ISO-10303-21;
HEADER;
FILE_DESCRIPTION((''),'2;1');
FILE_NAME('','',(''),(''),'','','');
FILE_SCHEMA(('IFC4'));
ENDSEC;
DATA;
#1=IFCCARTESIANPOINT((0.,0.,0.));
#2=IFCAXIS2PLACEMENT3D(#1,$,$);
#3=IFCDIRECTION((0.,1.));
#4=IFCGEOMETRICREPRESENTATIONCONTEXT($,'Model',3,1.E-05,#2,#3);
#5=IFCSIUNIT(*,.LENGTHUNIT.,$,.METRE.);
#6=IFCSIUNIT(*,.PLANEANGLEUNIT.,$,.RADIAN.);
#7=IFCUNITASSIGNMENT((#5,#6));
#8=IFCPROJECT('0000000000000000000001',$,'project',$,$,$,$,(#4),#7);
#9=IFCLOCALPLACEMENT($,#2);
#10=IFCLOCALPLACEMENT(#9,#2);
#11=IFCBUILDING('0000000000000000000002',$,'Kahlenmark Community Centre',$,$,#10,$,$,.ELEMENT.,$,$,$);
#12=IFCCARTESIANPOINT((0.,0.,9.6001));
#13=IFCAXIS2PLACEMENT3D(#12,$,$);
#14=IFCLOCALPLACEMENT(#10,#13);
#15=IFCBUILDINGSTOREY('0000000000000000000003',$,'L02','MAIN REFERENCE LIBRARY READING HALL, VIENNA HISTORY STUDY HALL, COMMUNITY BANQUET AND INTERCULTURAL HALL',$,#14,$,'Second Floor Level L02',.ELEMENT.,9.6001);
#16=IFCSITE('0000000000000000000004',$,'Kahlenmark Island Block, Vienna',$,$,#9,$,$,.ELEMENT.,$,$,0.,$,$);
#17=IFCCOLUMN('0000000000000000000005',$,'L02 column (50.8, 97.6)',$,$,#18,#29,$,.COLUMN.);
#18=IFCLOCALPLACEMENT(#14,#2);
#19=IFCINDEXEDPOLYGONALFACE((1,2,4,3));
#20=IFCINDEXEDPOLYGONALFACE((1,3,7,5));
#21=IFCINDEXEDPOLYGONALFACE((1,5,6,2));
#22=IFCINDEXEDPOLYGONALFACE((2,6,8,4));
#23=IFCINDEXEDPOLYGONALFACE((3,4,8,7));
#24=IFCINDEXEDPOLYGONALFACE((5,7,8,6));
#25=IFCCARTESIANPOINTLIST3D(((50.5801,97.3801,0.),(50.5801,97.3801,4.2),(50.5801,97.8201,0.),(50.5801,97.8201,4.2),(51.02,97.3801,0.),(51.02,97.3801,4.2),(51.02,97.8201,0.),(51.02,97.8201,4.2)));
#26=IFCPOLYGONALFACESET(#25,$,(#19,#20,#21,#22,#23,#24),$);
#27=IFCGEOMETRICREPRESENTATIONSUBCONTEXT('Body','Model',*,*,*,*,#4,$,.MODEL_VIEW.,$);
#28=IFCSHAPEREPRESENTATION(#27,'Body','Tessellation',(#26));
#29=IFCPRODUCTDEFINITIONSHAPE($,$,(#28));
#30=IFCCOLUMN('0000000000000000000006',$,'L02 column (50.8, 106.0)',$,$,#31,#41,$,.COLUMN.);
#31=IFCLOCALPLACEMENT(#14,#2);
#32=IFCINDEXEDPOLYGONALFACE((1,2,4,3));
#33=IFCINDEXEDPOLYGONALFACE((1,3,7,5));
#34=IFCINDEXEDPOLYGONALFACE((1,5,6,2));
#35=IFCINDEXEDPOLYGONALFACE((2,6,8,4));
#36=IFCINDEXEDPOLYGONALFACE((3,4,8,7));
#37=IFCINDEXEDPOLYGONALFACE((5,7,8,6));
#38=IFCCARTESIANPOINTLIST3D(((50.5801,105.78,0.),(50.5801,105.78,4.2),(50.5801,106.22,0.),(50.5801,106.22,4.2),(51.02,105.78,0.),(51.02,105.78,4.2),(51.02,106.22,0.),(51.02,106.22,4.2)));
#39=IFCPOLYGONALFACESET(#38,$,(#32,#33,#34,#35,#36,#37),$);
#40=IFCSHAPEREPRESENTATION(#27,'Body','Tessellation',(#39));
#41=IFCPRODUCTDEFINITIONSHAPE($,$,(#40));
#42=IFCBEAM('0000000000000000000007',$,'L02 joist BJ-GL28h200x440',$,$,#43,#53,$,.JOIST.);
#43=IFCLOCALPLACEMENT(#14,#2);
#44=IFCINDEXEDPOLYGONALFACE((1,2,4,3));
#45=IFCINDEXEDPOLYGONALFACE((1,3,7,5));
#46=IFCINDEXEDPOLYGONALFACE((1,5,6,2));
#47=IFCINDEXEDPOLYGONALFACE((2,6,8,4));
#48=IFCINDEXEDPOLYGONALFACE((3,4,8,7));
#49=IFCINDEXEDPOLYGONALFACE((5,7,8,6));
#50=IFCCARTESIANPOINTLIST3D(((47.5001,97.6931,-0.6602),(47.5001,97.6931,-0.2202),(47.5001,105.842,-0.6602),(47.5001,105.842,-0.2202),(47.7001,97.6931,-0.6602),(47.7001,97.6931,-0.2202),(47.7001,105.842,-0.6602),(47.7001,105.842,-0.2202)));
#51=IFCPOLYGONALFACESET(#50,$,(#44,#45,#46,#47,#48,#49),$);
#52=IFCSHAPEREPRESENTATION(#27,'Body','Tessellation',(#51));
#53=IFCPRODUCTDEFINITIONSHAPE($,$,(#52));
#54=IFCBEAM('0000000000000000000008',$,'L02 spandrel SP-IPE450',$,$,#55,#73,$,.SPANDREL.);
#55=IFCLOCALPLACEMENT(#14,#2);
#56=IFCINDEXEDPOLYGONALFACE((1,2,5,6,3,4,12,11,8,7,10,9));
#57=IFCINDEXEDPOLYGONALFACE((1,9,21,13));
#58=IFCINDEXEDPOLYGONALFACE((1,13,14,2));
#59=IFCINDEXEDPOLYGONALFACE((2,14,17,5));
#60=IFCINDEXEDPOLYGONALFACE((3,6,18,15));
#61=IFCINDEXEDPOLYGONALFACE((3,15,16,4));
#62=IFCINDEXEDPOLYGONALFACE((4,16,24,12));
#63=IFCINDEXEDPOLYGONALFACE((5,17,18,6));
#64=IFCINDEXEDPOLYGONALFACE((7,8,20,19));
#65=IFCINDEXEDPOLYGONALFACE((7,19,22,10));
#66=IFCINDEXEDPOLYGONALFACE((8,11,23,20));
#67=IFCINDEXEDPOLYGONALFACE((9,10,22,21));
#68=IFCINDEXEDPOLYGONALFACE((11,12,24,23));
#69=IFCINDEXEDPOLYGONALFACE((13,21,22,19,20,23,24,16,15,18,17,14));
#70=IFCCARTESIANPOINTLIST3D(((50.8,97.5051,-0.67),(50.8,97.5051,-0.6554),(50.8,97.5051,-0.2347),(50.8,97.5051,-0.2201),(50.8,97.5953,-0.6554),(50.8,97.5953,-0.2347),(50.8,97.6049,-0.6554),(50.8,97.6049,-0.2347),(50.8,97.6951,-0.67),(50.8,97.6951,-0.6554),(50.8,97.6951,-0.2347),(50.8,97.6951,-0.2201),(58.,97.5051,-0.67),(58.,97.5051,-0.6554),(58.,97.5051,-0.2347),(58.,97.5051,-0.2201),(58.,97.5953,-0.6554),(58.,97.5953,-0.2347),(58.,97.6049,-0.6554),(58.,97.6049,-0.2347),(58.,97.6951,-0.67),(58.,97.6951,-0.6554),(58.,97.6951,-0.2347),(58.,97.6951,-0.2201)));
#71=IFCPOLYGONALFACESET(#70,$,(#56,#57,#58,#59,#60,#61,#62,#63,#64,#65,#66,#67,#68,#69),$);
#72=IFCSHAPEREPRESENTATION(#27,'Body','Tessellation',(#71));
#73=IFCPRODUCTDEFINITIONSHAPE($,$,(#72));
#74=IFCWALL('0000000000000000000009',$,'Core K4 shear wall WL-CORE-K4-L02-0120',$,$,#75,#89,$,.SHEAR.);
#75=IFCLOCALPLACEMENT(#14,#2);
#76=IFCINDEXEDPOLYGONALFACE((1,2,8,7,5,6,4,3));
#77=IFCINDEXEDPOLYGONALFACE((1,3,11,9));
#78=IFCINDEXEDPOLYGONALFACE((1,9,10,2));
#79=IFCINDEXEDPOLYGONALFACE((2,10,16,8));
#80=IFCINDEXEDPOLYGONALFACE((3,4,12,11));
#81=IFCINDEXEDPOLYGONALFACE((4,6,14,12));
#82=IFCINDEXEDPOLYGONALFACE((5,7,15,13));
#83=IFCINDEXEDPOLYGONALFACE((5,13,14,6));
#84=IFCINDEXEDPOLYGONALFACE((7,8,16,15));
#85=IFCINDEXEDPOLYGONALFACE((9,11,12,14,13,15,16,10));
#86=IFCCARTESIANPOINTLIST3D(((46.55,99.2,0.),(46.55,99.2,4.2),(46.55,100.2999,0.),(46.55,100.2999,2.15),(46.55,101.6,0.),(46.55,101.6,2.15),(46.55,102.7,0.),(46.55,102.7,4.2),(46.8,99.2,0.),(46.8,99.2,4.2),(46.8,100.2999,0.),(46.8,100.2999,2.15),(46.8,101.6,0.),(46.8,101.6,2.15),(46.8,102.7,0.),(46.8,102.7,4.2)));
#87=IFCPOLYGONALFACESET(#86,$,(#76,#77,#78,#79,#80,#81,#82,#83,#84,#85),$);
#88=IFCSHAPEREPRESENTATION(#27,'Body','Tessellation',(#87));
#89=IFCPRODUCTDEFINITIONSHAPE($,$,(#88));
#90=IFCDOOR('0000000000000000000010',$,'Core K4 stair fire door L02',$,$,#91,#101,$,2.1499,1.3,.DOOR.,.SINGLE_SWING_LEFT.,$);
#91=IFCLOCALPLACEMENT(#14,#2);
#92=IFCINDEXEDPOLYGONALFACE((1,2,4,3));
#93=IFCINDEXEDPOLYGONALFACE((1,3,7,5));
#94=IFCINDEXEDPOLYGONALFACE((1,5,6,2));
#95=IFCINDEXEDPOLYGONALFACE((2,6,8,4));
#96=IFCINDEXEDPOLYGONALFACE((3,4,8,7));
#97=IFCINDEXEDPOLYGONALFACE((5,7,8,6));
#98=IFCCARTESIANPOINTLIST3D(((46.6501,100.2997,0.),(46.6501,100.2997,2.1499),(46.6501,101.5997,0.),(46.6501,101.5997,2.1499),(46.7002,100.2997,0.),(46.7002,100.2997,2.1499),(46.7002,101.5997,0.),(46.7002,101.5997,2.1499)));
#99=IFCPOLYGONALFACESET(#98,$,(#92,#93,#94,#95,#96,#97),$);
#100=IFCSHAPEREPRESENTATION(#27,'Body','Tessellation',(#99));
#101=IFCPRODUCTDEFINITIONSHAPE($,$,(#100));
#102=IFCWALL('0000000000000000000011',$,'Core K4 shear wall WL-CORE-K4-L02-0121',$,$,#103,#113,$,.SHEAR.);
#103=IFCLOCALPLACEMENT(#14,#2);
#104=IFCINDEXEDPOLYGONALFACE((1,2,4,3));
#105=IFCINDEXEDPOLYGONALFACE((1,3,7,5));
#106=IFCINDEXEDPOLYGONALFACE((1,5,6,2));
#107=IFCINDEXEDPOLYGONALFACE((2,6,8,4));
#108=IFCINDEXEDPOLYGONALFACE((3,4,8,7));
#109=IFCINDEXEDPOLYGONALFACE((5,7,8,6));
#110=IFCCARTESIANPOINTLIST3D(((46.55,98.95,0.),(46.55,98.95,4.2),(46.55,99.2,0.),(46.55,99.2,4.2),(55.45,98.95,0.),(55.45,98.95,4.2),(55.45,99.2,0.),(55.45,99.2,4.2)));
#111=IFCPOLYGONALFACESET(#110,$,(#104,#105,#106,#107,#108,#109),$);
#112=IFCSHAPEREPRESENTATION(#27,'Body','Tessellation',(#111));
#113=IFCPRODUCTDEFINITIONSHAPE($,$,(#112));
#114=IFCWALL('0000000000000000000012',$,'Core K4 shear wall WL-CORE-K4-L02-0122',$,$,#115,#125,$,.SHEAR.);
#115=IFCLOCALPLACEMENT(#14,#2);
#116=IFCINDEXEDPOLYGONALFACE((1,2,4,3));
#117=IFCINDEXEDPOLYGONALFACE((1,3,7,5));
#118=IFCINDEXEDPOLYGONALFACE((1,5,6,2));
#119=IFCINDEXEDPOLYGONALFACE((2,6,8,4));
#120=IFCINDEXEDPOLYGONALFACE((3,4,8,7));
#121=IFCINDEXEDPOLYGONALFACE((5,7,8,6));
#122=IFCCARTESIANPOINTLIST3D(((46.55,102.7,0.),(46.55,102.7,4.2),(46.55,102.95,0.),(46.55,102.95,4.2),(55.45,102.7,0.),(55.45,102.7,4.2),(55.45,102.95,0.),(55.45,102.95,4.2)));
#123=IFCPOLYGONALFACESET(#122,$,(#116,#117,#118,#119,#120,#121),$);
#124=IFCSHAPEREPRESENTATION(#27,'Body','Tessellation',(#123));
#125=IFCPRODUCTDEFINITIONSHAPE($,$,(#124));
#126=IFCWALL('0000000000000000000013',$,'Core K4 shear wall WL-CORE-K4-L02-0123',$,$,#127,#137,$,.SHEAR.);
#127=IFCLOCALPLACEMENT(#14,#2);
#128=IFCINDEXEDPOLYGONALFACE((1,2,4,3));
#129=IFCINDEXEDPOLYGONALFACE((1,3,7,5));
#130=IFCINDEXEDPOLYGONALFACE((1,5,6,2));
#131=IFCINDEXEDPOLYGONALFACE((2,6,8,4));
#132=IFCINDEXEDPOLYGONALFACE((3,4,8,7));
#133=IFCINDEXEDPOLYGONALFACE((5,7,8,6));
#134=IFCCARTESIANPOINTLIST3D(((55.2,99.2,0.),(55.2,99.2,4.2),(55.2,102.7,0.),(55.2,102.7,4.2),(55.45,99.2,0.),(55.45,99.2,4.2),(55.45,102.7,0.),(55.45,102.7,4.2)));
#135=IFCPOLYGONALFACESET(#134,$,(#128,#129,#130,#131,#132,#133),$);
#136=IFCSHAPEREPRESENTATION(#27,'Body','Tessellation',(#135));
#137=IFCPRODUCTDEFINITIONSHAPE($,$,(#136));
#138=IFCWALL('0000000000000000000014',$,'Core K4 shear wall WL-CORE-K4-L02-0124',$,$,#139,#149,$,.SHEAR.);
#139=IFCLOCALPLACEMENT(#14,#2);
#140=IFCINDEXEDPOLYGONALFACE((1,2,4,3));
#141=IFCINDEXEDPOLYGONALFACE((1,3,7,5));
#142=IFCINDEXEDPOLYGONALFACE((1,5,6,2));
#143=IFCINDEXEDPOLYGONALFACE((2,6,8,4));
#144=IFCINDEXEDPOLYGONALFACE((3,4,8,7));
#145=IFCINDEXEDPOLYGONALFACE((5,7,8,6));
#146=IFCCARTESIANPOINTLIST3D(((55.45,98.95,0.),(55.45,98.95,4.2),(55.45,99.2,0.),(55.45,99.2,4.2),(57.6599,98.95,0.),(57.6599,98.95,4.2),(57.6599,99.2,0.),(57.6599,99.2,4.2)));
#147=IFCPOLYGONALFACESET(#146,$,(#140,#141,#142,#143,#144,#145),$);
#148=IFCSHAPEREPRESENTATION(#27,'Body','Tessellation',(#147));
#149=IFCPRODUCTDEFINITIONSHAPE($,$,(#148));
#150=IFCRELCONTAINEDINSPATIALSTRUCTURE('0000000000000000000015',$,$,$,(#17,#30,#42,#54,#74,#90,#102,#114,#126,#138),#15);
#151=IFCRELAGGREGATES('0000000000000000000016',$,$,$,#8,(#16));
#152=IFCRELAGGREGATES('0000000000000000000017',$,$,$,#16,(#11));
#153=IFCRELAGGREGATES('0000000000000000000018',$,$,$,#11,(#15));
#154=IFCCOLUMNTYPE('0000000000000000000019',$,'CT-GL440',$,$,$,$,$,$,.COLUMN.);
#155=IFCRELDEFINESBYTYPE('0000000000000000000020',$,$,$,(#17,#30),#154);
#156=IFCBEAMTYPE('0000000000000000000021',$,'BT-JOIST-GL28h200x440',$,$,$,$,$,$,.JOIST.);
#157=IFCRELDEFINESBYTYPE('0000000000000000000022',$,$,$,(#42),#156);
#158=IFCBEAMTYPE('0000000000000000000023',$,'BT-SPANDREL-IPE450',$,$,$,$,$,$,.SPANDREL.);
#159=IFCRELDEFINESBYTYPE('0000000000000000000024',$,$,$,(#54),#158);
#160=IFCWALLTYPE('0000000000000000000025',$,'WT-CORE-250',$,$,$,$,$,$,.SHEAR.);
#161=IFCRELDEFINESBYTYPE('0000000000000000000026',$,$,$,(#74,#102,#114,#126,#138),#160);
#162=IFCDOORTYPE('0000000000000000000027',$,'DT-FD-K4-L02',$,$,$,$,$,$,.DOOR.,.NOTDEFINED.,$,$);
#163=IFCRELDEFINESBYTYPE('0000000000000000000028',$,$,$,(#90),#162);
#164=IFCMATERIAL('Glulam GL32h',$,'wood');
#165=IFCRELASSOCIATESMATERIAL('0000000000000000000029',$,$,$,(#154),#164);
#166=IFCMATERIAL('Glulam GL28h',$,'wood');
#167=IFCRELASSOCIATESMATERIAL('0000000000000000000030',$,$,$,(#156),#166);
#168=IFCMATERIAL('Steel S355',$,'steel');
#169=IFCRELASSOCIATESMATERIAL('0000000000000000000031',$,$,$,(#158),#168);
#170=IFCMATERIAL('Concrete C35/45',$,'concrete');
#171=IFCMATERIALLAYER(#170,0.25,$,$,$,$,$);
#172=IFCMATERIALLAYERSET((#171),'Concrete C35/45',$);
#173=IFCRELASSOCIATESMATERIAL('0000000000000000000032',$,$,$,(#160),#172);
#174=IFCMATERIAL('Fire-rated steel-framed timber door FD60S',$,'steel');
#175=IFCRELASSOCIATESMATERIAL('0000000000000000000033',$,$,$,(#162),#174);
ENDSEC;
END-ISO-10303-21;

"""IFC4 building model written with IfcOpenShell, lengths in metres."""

from ifc_helpers import new_model, si_unit, direction, frame, frame_2d, origin, origin_2d, place, context, subcontext, project, spatial, rectangle, i_section, extrude, material, layer, layer_set, material_profile, profile_set, type_object, element, fill, save


model = new_model("IFC4")

# Units and contexts
model_context = context("Model", 3, precision=1e-05, world=origin(), true_north=direction((0.0, 1.0)))
body_context = subcontext(model_context, "Body", "Model", "MODEL_VIEW")
ifc_project = project(units=[si_unit("LENGTHUNIT", "METRE"), si_unit("PLANEANGLEUNIT", "RADIAN")], contexts=[model_context])

# Site, building, storey
site_placement = place(None, origin())
site = spatial("IfcSite", under=ifc_project, at=site_placement, Name="Kahlenmark Island Block, Vienna", CompositionType="ELEMENT", RefElevation=0.0)
building_placement = place(site_placement, origin())
building = spatial("IfcBuilding", under=site, at=building_placement, Name="Kahlenmark Community Centre", CompositionType="ELEMENT")
storey_placement = place(building_placement, frame((0.0, 0.0, 9.6001)))
storey = spatial("IfcBuildingStorey", under=building, at=storey_placement, Name="L02", Description="MAIN REFERENCE LIBRARY READING HALL, VIENNA HISTORY STUDY HALL, COMMUNITY BANQUET AND INTERCULTURAL HALL", LongName="Second Floor Level L02", CompositionType="ELEMENT", Elevation=9.6001)

# Columns
ifc_material_1 = material(Name="Glulam GL32h", Category="wood")
ifc_material_profile_1 = material_profile(ifc_material_1, rectangle(XDim=0.4399, YDim=0.4399, at=origin_2d()), Name="GL32h 440x440")
ifc_profile_set_1 = profile_set([ifc_material_profile_1], Name="Glulam GL32h")
column_type = type_object("IfcColumnType", Name="CT-GL440", PredefinedType="COLUMN", material=ifc_profile_set_1)
for number, where, z_axis, x_axis, name in (
    (1, (50.8, 97.6001, 0.0), (0.0, 0.0, 1.0), (1.0, 0.0, 0.0), "L02 column (50.8, 97.6)"),
    (2, (50.8, 106.0, 0.0), (0.0, 0.0, 1.0), (1.0, 0.0, 0.0), "L02 column (50.8, 106.0)"),
):
    element("IfcColumn", number, at=place(storey_placement, frame(where, z_axis=z_axis, x_axis=x_axis)), inside=storey, type_object=column_type, Name=name, PredefinedType="COLUMN", context=body_context, shape_type="SweptSolid", body=[
        extrude(rectangle(XDim=0.4399, YDim=0.4399, at=origin_2d()), origin(), (0.0, 0.0, 1.0), 4.2),
    ])

# Beams
ifc_material_2 = material(Name="Glulam GL28h", Category="wood")
ifc_material_profile_2 = material_profile(ifc_material_2, rectangle(XDim=0.2, YDim=0.4399, at=origin_2d()), Name="GL28h 200x440")
ifc_profile_set_2 = profile_set([ifc_material_profile_2], Name="Glulam GL28h")
beam_type_1 = type_object("IfcBeamType", Name="BT-JOIST-GL28h200x440", PredefinedType="JOIST", material=ifc_profile_set_2)
beam_1_placement = place(storey_placement, frame((47.6001, 97.6931, -0.4402), z_axis=(0.0, 1.0, 0.0), x_axis=(-1.0, 0.0, 0.0)))
element("IfcBeam", 3, at=beam_1_placement, inside=storey, type_object=beam_type_1, Name="L02 joist BJ-GL28h200x440", PredefinedType="JOIST", context=body_context, shape_type="SweptSolid", body=[
    extrude(rectangle(XDim=0.2, YDim=0.4399, at=origin_2d()), origin(), (0.0, 0.0, 1.0), 8.1489),
])
ifc_material_3 = material(Name="Steel S355", Category="steel")
ifc_material_profile_3 = material_profile(ifc_material_3, i_section(OverallWidth=0.1899, OverallDepth=0.45, WebThickness=0.0095, FlangeThickness=0.0146, at=origin_2d()), Name="IPE 450")
ifc_profile_set_3 = profile_set([ifc_material_profile_3], Name="Steel S355")
beam_type_2 = type_object("IfcBeamType", Name="BT-SPANDREL-IPE450", PredefinedType="SPANDREL", material=ifc_profile_set_3)
beam_2_placement = place(storey_placement, frame((50.8, 97.6001, -0.4451), z_axis=(1.0, 0.0, 0.0), x_axis=(0.0, 1.0, 0.0)))
element("IfcBeam", 4, at=beam_2_placement, inside=storey, type_object=beam_type_2, Name="L02 spandrel SP-IPE450", PredefinedType="SPANDREL", context=body_context, shape_type="SweptSolid", body=[
    extrude(i_section(OverallWidth=0.1899, OverallDepth=0.45, WebThickness=0.0095, FlangeThickness=0.0146, at=origin_2d()), origin(), (0.0, 0.0, 1.0), 7.2),
])

# Wall, opening, door
ifc_material_4 = material(Name="Concrete C35/45", Category="concrete")
ifc_layer_1 = layer(ifc_material_4, 0.25)
ifc_layer_set_1 = layer_set([ifc_layer_1], Name="Concrete C35/45")
wall_type_1 = type_object("IfcWallType", Name="WT-CORE-250", PredefinedType="SHEAR", material=ifc_layer_set_1)
wall_1_placement = place(storey_placement, frame((46.675, 102.7, 0.0), z_axis=(0.0, 0.0, 1.0), x_axis=(0.0, -1.0, 0.0)))
wall_1 = element("IfcWall", 5, at=wall_1_placement, inside=storey, type_object=wall_type_1, Name="Core K4 shear wall WL-CORE-K4-L02-0120", PredefinedType="SHEAR", context=body_context, shape_type="SweptSolid", body=[
    extrude(rectangle(XDim=3.5, YDim=0.25, at=frame_2d((1.75, 0.0))), origin(), (0.0, 0.0, 1.0), 4.2),
])
opening_1_placement = place(wall_1_placement, frame((1.1001, 0.0, -0.01)))
opening_1 = element("IfcOpeningElement", 6, at=opening_1_placement, cuts=wall_1, PredefinedType="OPENING", context=body_context, shape_type="SweptSolid", body=[
    extrude(rectangle(XDim=1.3, YDim=2.1599, at=frame_2d((0.6499, 1.0801))), frame((0.0, 0.135, 0.0), z_axis=(0.0, -1.0, 0.0), x_axis=(1.0, 0.0, 0.0)), (0.0, 0.0, 1.0), 0.27),
])
ifc_material_5 = material(Name="Fire-rated steel-framed timber door FD60S", Category="steel")
door_type = type_object("IfcDoorType", Name="DT-FD-K4-L02", OperationType="NOTDEFINED", PredefinedType="DOOR", material=ifc_material_5)
door_placement = place(opening_1_placement, frame((1.3, 0.0, 0.01), z_axis=(0.0, 0.0, 1.0), x_axis=(-1.0, 0.0, 0.0)))
door = element("IfcDoor", 7, at=door_placement, inside=storey, type_object=door_type, Name="Core K4 stair fire door L02", OperationType="SINGLE_SWING_LEFT", OverallHeight=2.1499, OverallWidth=1.3, PredefinedType="DOOR", context=body_context, shape_type="SweptSolid", body=[
    extrude(rectangle(XDim=1.3, YDim=2.1499, at=frame_2d((0.6499, 1.075))), frame((0.0, 0.0249, 0.0), z_axis=(0.0, -1.0, 0.0), x_axis=(1.0, 0.0, 0.0)), (0.0, 0.0, 1.0), 0.05),
])
fill(opening_1, door)

# Walls
for number, where, z_axis, x_axis, name in (
    (8, (46.55, 99.075, 0.0), (0.0, 0.0, 1.0), (1.0, 0.0, 0.0), "Core K4 shear wall WL-CORE-K4-L02-0121"),
    (9, (46.55, 102.825, 0.0), (0.0, 0.0, 1.0), (1.0, 0.0, 0.0), "Core K4 shear wall WL-CORE-K4-L02-0122"),
):
    element("IfcWall", number, at=place(storey_placement, frame(where, z_axis=z_axis, x_axis=x_axis)), inside=storey, type_object=wall_type_1, Name=name, PredefinedType="SHEAR", context=body_context, shape_type="SweptSolid", body=[
        extrude(rectangle(XDim=8.8999, YDim=0.25, at=frame_2d((4.45, 0.0))), origin(), (0.0, 0.0, 1.0), 4.2),
    ])
wall_2_placement = place(storey_placement, frame((55.325, 99.2, 0.0), z_axis=(0.0, 0.0, 1.0), x_axis=(0.0, 1.0, 0.0)))
element("IfcWall", 10, at=wall_2_placement, inside=storey, type_object=wall_type_1, Name="Core K4 shear wall WL-CORE-K4-L02-0123", PredefinedType="SHEAR", context=body_context, shape_type="SweptSolid", body=[
    extrude(rectangle(XDim=3.5, YDim=0.25, at=frame_2d((1.75, 0.0))), origin(), (0.0, 0.0, 1.0), 4.2),
])
wall_3_placement = place(storey_placement, frame((55.45, 99.075, 0.0), z_axis=(0.0, 0.0, 1.0), x_axis=(1.0, 0.0, 0.0)))
element("IfcWall", 11, at=wall_3_placement, inside=storey, type_object=wall_type_1, Name="Core K4 shear wall WL-CORE-K4-L02-0124", PredefinedType="SHEAR", context=body_context, shape_type="SweptSolid", body=[
    extrude(rectangle(XDim=2.21, YDim=0.25, at=frame_2d((1.105, 0.0))), origin(), (0.0, 0.0, 1.0), 4.2),
])

save(model, "model.ifc")
